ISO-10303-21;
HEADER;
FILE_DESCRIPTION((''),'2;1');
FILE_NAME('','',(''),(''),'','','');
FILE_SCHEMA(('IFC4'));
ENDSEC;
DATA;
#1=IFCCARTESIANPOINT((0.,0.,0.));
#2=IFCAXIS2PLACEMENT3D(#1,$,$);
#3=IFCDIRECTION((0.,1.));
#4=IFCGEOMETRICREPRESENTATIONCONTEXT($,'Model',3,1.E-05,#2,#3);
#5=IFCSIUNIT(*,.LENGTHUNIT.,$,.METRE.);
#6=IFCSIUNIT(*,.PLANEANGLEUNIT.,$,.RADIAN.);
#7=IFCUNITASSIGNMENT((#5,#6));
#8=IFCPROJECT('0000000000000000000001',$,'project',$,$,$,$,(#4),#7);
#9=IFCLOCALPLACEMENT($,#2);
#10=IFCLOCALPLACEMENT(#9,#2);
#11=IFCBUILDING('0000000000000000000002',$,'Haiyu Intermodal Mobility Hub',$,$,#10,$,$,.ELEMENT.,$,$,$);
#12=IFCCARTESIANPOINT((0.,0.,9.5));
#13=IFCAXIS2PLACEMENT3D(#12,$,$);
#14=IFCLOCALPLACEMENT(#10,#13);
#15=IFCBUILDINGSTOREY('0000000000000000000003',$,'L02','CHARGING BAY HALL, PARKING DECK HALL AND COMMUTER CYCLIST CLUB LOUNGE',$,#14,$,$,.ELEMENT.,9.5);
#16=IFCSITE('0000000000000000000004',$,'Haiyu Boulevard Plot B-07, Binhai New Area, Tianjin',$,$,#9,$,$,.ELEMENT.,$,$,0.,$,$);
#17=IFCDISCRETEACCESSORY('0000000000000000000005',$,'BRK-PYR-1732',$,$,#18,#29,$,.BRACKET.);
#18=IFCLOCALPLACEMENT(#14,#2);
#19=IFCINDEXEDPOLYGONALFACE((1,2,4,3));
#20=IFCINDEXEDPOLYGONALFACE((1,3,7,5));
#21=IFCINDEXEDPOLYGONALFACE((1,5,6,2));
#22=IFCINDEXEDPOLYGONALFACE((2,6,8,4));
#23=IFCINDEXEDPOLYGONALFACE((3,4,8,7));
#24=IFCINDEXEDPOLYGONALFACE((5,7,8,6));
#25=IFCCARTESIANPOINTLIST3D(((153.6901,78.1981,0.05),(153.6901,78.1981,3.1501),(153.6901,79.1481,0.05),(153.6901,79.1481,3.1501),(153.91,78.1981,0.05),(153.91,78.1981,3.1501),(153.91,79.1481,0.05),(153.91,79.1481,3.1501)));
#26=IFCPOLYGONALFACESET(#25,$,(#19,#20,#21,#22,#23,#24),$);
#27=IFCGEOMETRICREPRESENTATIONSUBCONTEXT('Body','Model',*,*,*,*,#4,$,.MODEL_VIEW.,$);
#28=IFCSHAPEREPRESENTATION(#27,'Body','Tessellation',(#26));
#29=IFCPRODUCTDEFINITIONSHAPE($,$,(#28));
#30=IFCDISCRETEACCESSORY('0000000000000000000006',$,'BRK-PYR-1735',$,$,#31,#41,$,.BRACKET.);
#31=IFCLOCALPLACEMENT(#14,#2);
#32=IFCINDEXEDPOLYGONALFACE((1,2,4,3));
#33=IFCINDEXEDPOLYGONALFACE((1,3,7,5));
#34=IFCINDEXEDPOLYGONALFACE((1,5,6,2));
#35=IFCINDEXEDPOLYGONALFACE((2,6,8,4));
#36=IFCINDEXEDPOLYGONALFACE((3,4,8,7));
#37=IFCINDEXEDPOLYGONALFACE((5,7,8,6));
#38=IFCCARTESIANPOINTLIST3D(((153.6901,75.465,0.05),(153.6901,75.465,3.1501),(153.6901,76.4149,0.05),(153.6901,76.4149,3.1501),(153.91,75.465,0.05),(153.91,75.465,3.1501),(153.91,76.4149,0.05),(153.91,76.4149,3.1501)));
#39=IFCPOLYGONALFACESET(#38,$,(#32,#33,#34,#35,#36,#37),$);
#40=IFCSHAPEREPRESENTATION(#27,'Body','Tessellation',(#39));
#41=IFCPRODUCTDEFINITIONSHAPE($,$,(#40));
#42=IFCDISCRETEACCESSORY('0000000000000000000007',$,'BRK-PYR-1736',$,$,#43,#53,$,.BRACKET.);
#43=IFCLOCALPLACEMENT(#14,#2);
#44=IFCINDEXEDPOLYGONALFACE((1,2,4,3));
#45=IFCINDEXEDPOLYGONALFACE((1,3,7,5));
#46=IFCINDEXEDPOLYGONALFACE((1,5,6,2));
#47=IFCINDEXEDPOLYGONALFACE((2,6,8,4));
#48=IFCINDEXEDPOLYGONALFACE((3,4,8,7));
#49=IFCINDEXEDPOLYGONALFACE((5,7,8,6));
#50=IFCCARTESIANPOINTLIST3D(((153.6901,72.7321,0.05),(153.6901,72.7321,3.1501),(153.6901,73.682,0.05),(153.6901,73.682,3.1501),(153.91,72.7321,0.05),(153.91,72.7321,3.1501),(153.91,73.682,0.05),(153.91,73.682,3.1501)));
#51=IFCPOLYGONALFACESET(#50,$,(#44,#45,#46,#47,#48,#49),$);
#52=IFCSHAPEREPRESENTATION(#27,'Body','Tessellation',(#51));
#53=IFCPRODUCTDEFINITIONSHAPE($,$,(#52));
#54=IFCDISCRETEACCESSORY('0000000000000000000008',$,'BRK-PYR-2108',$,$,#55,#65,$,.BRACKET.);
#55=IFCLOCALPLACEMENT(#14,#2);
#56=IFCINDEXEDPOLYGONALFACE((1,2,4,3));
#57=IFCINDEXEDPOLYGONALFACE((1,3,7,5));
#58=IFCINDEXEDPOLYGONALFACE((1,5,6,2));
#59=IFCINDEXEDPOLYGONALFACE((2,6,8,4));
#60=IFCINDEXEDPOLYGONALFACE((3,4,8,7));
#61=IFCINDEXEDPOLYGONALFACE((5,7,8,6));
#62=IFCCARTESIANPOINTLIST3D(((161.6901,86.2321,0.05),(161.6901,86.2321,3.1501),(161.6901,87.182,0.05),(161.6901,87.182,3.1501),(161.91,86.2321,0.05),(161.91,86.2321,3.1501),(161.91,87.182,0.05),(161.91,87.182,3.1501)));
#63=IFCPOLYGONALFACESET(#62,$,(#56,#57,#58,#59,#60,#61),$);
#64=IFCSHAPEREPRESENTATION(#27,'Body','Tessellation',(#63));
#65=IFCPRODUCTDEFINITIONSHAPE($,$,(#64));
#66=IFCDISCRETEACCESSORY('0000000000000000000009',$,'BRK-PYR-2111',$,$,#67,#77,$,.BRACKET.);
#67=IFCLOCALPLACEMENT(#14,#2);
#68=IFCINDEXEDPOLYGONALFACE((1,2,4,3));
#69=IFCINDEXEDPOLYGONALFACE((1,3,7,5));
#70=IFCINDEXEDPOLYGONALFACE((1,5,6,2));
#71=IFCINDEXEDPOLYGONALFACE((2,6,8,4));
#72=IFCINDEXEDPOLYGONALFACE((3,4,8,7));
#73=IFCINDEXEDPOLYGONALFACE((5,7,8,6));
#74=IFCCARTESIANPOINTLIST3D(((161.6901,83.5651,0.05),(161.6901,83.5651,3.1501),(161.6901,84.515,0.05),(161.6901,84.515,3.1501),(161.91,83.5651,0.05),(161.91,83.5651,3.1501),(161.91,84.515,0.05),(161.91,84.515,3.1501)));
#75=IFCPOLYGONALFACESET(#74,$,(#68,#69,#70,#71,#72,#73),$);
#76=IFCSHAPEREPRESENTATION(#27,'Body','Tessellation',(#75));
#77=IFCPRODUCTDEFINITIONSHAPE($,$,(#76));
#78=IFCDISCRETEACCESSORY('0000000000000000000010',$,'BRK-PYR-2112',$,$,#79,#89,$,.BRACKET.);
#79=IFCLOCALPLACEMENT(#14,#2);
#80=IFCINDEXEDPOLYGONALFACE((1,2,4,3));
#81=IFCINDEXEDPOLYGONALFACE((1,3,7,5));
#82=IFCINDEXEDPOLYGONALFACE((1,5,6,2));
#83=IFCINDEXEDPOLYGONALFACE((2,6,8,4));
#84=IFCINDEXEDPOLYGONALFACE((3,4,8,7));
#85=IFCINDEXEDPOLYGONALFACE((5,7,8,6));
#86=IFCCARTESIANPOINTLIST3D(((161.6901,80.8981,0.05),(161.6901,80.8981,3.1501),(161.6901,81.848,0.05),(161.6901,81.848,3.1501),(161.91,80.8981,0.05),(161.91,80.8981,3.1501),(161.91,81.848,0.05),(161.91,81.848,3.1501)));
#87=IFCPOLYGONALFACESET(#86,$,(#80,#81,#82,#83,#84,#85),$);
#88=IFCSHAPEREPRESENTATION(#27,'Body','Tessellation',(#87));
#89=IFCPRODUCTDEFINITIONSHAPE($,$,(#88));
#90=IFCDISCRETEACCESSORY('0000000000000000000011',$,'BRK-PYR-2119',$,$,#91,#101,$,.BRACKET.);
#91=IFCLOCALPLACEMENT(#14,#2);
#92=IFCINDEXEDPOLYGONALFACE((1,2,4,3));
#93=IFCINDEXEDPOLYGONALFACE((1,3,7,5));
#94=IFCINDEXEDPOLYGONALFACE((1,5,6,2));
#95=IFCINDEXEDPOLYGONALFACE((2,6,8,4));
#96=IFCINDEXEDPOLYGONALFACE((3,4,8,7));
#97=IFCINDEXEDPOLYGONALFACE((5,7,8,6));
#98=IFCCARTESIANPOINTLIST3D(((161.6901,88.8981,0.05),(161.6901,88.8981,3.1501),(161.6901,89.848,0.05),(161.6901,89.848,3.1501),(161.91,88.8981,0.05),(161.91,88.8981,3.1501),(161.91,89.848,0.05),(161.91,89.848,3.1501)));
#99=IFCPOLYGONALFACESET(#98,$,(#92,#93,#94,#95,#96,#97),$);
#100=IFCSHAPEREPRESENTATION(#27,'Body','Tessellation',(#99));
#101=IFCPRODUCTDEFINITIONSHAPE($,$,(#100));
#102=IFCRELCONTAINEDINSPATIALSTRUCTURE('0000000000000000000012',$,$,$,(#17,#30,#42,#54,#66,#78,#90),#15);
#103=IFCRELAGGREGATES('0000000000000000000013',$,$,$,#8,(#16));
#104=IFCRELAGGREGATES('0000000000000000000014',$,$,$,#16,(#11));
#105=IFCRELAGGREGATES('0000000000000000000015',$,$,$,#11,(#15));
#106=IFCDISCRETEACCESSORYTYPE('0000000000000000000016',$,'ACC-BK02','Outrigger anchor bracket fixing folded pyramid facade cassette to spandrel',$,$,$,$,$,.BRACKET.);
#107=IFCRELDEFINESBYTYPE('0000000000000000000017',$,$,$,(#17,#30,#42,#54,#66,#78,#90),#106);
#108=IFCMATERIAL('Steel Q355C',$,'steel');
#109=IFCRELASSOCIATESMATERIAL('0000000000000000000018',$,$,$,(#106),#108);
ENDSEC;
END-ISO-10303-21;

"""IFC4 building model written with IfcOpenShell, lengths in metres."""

from ifc_helpers import new_model, si_unit, direction, frame, origin, origin_2d, place, context, subcontext, project, spatial, rectangle, extrude, material, type_object, element, save


model = new_model("IFC4")

# Units and contexts
model_context = context("Model", 3, precision=1e-05, world=origin(), true_north=direction((0.0, 1.0)))
body_context = subcontext(model_context, "Body", "Model", "MODEL_VIEW")
ifc_project = project(units=[si_unit("LENGTHUNIT", "METRE"), si_unit("PLANEANGLEUNIT", "RADIAN")], contexts=[model_context])

# Site, building, storey
site_placement = place(None, origin())
site = spatial("IfcSite", under=ifc_project, at=site_placement, Name="Haiyu Boulevard Plot B-07, Binhai New Area, Tianjin", CompositionType="ELEMENT", RefElevation=0.0)
building_placement = place(site_placement, origin())
building = spatial("IfcBuilding", under=site, at=building_placement, Name="Haiyu Intermodal Mobility Hub", CompositionType="ELEMENT")
storey_placement = place(building_placement, frame((0.0, 0.0, 9.5)))
storey = spatial("IfcBuildingStorey", under=building, at=storey_placement, Name="L02", Description="CHARGING BAY HALL, PARKING DECK HALL AND COMMUTER CYCLIST CLUB LOUNGE", CompositionType="ELEMENT", Elevation=9.5)

# Shared definitions
ifc_material_1 = material(Name="Steel Q355C", Category="steel")

# Discrete accessories
discrete_accessory_type = type_object("IfcDiscreteAccessoryType", Name="ACC-BK02", Description="Outrigger anchor bracket fixing folded pyramid facade cassette to spandrel", PredefinedType="BRACKET", material=ifc_material_1)
for number, where, z_axis, x_axis, name in (
    (1, (153.8, 78.6731, 0.05), (0.0, 0.0, 1.0), (1.0, 0.0, 0.0), "BRK-PYR-1732"),
    (2, (153.8, 75.9399, 0.05), (0.0, 0.0, 1.0), (1.0, 0.0, 0.0), "BRK-PYR-1735"),
    (3, (153.8, 73.207, 0.05), (0.0, 0.0, 1.0), (1.0, 0.0, 0.0), "BRK-PYR-1736"),
    (4, (161.8, 86.707, 0.05), (0.0, 0.0, 1.0), (1.0, 0.0, 0.0), "BRK-PYR-2108"),
    (5, (161.8, 84.04, 0.05), (0.0, 0.0, 1.0), (1.0, 0.0, 0.0), "BRK-PYR-2111"),
    (6, (161.8, 81.373, 0.05), (0.0, 0.0, 1.0), (1.0, 0.0, 0.0), "BRK-PYR-2112"),
    (7, (161.8, 89.373, 0.05), (0.0, 0.0, 1.0), (1.0, 0.0, 0.0), "BRK-PYR-2119"),
):
    element("IfcDiscreteAccessory", number, at=place(storey_placement, frame(where, z_axis=z_axis, x_axis=x_axis)), inside=storey, type_object=discrete_accessory_type, Name=name, PredefinedType="BRACKET", context=body_context, shape_type="SweptSolid", body=[
        extrude(rectangle(XDim=0.22, YDim=0.95, at=origin_2d()), origin(), (0.0, 0.0, 1.0), 3.1001),
    ])

save(model, "model.ifc")
